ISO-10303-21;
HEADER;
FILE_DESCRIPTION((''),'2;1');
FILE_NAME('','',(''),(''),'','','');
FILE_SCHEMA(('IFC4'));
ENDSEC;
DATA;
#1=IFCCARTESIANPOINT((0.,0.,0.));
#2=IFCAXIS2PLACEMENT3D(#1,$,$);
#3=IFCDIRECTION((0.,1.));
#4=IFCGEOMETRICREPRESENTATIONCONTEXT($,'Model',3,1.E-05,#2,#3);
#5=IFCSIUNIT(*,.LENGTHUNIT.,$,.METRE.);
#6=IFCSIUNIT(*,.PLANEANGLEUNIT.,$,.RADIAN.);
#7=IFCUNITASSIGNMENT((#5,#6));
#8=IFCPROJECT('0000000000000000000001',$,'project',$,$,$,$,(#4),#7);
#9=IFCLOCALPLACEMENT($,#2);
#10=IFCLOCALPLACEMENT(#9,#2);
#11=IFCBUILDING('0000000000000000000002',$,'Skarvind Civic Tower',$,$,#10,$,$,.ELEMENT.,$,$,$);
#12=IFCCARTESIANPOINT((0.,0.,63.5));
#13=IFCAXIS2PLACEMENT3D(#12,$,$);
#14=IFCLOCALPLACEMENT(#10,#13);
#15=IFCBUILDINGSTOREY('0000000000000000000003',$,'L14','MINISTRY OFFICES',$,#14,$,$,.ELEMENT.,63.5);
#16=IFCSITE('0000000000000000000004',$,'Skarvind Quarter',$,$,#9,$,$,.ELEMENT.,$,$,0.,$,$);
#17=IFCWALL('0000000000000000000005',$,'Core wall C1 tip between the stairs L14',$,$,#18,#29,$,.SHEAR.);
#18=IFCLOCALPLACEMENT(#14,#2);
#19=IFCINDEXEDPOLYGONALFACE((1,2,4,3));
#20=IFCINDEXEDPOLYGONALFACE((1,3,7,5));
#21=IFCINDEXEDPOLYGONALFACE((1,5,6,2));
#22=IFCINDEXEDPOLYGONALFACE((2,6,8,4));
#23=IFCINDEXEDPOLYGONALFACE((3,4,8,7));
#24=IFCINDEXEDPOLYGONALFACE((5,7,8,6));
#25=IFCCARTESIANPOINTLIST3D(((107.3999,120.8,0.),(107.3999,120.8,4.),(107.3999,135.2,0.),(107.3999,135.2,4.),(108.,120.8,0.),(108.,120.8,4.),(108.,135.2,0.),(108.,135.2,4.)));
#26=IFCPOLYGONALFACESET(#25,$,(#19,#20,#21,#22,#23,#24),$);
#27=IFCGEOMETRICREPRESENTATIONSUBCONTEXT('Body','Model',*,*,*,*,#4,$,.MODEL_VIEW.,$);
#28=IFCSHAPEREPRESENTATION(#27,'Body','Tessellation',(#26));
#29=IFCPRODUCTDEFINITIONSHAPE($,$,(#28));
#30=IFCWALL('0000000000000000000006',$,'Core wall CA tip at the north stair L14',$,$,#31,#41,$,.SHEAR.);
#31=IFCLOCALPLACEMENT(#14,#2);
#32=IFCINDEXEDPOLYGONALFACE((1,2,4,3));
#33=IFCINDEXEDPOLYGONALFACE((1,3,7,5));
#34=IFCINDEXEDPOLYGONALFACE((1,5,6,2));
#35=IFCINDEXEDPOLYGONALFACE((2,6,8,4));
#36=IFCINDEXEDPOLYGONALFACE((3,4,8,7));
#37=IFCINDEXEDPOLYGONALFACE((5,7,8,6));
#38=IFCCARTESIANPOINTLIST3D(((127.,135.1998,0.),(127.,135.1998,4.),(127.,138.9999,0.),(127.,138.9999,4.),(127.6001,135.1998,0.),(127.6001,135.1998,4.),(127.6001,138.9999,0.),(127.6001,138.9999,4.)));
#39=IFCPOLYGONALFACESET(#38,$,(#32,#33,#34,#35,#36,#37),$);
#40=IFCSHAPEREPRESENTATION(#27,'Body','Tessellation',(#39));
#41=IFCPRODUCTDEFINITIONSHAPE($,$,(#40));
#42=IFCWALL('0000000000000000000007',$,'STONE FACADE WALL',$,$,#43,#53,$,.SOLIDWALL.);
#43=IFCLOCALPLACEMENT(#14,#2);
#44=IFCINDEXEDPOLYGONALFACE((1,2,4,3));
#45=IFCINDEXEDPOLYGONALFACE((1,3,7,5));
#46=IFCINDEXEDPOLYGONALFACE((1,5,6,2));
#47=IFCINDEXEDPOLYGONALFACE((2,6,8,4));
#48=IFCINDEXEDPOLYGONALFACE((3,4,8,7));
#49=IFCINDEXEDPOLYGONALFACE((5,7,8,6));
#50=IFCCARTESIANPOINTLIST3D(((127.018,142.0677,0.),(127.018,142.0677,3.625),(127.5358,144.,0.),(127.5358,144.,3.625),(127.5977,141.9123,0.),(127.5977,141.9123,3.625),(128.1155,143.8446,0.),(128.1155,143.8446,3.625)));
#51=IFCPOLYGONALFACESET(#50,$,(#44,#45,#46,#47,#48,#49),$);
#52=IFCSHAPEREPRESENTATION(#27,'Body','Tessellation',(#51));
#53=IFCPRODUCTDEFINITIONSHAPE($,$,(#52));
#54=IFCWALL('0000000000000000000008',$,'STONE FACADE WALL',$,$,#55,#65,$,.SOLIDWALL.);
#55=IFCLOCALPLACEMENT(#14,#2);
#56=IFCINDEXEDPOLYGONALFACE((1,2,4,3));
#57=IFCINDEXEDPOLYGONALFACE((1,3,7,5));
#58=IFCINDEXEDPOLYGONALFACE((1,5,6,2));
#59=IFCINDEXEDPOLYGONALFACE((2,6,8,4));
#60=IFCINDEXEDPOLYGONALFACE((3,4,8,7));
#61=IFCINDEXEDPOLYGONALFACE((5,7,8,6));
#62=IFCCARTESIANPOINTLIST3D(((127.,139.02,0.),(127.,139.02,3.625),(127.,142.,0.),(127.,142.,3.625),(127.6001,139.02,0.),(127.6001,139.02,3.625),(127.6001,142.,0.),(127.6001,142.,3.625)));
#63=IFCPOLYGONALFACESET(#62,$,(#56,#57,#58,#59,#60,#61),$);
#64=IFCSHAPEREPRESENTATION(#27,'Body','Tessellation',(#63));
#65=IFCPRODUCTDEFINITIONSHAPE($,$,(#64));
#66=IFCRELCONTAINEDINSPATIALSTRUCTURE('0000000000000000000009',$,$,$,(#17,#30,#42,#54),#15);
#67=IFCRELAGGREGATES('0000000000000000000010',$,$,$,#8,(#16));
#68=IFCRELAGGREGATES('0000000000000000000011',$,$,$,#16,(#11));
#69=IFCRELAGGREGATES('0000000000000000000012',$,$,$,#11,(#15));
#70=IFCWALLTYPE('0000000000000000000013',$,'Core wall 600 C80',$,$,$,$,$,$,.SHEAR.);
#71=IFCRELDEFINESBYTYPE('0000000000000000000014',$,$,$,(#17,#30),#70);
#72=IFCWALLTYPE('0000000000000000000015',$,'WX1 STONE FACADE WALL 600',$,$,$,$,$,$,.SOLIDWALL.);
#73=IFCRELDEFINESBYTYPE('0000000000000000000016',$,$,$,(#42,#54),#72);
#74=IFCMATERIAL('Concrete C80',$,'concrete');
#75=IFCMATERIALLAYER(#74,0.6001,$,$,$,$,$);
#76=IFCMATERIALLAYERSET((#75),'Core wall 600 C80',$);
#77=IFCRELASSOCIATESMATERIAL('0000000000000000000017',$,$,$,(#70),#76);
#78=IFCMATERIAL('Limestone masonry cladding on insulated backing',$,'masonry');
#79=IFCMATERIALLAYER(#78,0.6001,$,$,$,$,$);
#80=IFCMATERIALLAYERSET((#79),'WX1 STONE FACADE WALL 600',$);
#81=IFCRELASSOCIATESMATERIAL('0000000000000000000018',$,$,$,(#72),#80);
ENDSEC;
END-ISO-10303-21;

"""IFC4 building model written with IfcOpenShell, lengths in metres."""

from ifc_helpers import new_model, si_unit, direction, frame, frame_2d, origin, place, context, subcontext, project, spatial, rectangle, extrude, material, layer, layer_set, type_object, element, save


model = new_model("IFC4")

# Units and contexts
model_context = context("Model", 3, precision=1e-05, world=origin(), true_north=direction((0.0, 1.0)))
body_context = subcontext(model_context, "Body", "Model", "MODEL_VIEW")
ifc_project = project(units=[si_unit("LENGTHUNIT", "METRE"), si_unit("PLANEANGLEUNIT", "RADIAN")], contexts=[model_context])

# Site, building, storey
site_placement = place(None, origin())
site = spatial("IfcSite", under=ifc_project, at=site_placement, Name="Skarvind Quarter", CompositionType="ELEMENT", RefElevation=0.0)
building_placement = place(site_placement, origin())
building = spatial("IfcBuilding", under=site, at=building_placement, Name="Skarvind Civic Tower", CompositionType="ELEMENT")
storey_placement = place(building_placement, frame((0.0, 0.0, 63.5)))
storey = spatial("IfcBuildingStorey", under=building, at=storey_placement, Name="L14", Description="MINISTRY OFFICES", CompositionType="ELEMENT", Elevation=63.5)

# Shared definitions
ifc_material_1 = material(Name="Concrete C80", Category="concrete")

# Walls
ifc_layer_1 = layer(ifc_material_1, 0.6001)
ifc_layer_set_1 = layer_set([ifc_layer_1], Name="Core wall 600 C80")
wall_type_1 = type_object("IfcWallType", Name="Core wall 600 C80", PredefinedType="SHEAR", material=ifc_layer_set_1)
wall_1_placement = place(storey_placement, frame((107.7, 135.2, 0.0), z_axis=(0.0, 0.0, 1.0), x_axis=(0.0, -1.0, 0.0)))
element("IfcWall", 1, at=wall_1_placement, inside=storey, type_object=wall_type_1, Name="Core wall C1 tip between the stairs L14", PredefinedType="SHEAR", context=body_context, shape_type="SweptSolid", body=[
    extrude(rectangle(XDim=14.3999, YDim=0.6001, at=frame_2d((7.2, 0.0))), origin(), (0.0, 0.0, 1.0), 4.0),
])
wall_2_placement = place(storey_placement, frame((127.3, 135.2, 0.0), z_axis=(0.0, 0.0, 1.0), x_axis=(0.0, 1.0, 0.0)))
element("IfcWall", 2, at=wall_2_placement, inside=storey, type_object=wall_type_1, Name="Core wall CA tip at the north stair L14", PredefinedType="SHEAR", context=body_context, shape_type="SweptSolid", body=[
    extrude(rectangle(XDim=3.8, YDim=0.6001, at=frame_2d((1.8999, 0.0))), origin(), (0.0, 0.0, 1.0), 4.0),
])
ifc_material_2 = material(Name="Limestone masonry cladding on insulated backing", Category="masonry")
ifc_layer_2 = layer(ifc_material_2, 0.6001)
ifc_layer_set_2 = layer_set([ifc_layer_2], Name="WX1 STONE FACADE WALL 600")
wall_type_2 = type_object("IfcWallType", Name="WX1 STONE FACADE WALL 600", PredefinedType="SOLIDWALL", material=ifc_layer_set_2)
wall_3_placement = place(storey_placement, frame((127.3079, 141.99, 0.0), z_axis=(0.0, 0.0, 1.0), x_axis=(0.25884, 0.96592, 0.0)))
element("IfcWall", 3, at=wall_3_placement, inside=storey, type_object=wall_type_2, Name="STONE FACADE WALL", PredefinedType="SOLIDWALL", context=body_context, shape_type="SweptSolid", body=[
    extrude(rectangle(XDim=2.0005, YDim=0.6001, at=frame_2d((1.0002, 0.0))), origin(), (0.0, 0.0, 1.0), 3.625),
])
wall_4_placement = place(storey_placement, frame((127.3, 139.02, 0.0), z_axis=(0.0, 0.0, 1.0), x_axis=(0.0, 1.0, 0.0)))
element("IfcWall", 4, at=wall_4_placement, inside=storey, type_object=wall_type_2, Name="STONE FACADE WALL", PredefinedType="SOLIDWALL", context=body_context, shape_type="SweptSolid", body=[
    extrude(rectangle(XDim=2.98, YDim=0.6001, at=frame_2d((1.49, 0.0))), origin(), (0.0, 0.0, 1.0), 3.625),
])

save(model, "model.ifc")
